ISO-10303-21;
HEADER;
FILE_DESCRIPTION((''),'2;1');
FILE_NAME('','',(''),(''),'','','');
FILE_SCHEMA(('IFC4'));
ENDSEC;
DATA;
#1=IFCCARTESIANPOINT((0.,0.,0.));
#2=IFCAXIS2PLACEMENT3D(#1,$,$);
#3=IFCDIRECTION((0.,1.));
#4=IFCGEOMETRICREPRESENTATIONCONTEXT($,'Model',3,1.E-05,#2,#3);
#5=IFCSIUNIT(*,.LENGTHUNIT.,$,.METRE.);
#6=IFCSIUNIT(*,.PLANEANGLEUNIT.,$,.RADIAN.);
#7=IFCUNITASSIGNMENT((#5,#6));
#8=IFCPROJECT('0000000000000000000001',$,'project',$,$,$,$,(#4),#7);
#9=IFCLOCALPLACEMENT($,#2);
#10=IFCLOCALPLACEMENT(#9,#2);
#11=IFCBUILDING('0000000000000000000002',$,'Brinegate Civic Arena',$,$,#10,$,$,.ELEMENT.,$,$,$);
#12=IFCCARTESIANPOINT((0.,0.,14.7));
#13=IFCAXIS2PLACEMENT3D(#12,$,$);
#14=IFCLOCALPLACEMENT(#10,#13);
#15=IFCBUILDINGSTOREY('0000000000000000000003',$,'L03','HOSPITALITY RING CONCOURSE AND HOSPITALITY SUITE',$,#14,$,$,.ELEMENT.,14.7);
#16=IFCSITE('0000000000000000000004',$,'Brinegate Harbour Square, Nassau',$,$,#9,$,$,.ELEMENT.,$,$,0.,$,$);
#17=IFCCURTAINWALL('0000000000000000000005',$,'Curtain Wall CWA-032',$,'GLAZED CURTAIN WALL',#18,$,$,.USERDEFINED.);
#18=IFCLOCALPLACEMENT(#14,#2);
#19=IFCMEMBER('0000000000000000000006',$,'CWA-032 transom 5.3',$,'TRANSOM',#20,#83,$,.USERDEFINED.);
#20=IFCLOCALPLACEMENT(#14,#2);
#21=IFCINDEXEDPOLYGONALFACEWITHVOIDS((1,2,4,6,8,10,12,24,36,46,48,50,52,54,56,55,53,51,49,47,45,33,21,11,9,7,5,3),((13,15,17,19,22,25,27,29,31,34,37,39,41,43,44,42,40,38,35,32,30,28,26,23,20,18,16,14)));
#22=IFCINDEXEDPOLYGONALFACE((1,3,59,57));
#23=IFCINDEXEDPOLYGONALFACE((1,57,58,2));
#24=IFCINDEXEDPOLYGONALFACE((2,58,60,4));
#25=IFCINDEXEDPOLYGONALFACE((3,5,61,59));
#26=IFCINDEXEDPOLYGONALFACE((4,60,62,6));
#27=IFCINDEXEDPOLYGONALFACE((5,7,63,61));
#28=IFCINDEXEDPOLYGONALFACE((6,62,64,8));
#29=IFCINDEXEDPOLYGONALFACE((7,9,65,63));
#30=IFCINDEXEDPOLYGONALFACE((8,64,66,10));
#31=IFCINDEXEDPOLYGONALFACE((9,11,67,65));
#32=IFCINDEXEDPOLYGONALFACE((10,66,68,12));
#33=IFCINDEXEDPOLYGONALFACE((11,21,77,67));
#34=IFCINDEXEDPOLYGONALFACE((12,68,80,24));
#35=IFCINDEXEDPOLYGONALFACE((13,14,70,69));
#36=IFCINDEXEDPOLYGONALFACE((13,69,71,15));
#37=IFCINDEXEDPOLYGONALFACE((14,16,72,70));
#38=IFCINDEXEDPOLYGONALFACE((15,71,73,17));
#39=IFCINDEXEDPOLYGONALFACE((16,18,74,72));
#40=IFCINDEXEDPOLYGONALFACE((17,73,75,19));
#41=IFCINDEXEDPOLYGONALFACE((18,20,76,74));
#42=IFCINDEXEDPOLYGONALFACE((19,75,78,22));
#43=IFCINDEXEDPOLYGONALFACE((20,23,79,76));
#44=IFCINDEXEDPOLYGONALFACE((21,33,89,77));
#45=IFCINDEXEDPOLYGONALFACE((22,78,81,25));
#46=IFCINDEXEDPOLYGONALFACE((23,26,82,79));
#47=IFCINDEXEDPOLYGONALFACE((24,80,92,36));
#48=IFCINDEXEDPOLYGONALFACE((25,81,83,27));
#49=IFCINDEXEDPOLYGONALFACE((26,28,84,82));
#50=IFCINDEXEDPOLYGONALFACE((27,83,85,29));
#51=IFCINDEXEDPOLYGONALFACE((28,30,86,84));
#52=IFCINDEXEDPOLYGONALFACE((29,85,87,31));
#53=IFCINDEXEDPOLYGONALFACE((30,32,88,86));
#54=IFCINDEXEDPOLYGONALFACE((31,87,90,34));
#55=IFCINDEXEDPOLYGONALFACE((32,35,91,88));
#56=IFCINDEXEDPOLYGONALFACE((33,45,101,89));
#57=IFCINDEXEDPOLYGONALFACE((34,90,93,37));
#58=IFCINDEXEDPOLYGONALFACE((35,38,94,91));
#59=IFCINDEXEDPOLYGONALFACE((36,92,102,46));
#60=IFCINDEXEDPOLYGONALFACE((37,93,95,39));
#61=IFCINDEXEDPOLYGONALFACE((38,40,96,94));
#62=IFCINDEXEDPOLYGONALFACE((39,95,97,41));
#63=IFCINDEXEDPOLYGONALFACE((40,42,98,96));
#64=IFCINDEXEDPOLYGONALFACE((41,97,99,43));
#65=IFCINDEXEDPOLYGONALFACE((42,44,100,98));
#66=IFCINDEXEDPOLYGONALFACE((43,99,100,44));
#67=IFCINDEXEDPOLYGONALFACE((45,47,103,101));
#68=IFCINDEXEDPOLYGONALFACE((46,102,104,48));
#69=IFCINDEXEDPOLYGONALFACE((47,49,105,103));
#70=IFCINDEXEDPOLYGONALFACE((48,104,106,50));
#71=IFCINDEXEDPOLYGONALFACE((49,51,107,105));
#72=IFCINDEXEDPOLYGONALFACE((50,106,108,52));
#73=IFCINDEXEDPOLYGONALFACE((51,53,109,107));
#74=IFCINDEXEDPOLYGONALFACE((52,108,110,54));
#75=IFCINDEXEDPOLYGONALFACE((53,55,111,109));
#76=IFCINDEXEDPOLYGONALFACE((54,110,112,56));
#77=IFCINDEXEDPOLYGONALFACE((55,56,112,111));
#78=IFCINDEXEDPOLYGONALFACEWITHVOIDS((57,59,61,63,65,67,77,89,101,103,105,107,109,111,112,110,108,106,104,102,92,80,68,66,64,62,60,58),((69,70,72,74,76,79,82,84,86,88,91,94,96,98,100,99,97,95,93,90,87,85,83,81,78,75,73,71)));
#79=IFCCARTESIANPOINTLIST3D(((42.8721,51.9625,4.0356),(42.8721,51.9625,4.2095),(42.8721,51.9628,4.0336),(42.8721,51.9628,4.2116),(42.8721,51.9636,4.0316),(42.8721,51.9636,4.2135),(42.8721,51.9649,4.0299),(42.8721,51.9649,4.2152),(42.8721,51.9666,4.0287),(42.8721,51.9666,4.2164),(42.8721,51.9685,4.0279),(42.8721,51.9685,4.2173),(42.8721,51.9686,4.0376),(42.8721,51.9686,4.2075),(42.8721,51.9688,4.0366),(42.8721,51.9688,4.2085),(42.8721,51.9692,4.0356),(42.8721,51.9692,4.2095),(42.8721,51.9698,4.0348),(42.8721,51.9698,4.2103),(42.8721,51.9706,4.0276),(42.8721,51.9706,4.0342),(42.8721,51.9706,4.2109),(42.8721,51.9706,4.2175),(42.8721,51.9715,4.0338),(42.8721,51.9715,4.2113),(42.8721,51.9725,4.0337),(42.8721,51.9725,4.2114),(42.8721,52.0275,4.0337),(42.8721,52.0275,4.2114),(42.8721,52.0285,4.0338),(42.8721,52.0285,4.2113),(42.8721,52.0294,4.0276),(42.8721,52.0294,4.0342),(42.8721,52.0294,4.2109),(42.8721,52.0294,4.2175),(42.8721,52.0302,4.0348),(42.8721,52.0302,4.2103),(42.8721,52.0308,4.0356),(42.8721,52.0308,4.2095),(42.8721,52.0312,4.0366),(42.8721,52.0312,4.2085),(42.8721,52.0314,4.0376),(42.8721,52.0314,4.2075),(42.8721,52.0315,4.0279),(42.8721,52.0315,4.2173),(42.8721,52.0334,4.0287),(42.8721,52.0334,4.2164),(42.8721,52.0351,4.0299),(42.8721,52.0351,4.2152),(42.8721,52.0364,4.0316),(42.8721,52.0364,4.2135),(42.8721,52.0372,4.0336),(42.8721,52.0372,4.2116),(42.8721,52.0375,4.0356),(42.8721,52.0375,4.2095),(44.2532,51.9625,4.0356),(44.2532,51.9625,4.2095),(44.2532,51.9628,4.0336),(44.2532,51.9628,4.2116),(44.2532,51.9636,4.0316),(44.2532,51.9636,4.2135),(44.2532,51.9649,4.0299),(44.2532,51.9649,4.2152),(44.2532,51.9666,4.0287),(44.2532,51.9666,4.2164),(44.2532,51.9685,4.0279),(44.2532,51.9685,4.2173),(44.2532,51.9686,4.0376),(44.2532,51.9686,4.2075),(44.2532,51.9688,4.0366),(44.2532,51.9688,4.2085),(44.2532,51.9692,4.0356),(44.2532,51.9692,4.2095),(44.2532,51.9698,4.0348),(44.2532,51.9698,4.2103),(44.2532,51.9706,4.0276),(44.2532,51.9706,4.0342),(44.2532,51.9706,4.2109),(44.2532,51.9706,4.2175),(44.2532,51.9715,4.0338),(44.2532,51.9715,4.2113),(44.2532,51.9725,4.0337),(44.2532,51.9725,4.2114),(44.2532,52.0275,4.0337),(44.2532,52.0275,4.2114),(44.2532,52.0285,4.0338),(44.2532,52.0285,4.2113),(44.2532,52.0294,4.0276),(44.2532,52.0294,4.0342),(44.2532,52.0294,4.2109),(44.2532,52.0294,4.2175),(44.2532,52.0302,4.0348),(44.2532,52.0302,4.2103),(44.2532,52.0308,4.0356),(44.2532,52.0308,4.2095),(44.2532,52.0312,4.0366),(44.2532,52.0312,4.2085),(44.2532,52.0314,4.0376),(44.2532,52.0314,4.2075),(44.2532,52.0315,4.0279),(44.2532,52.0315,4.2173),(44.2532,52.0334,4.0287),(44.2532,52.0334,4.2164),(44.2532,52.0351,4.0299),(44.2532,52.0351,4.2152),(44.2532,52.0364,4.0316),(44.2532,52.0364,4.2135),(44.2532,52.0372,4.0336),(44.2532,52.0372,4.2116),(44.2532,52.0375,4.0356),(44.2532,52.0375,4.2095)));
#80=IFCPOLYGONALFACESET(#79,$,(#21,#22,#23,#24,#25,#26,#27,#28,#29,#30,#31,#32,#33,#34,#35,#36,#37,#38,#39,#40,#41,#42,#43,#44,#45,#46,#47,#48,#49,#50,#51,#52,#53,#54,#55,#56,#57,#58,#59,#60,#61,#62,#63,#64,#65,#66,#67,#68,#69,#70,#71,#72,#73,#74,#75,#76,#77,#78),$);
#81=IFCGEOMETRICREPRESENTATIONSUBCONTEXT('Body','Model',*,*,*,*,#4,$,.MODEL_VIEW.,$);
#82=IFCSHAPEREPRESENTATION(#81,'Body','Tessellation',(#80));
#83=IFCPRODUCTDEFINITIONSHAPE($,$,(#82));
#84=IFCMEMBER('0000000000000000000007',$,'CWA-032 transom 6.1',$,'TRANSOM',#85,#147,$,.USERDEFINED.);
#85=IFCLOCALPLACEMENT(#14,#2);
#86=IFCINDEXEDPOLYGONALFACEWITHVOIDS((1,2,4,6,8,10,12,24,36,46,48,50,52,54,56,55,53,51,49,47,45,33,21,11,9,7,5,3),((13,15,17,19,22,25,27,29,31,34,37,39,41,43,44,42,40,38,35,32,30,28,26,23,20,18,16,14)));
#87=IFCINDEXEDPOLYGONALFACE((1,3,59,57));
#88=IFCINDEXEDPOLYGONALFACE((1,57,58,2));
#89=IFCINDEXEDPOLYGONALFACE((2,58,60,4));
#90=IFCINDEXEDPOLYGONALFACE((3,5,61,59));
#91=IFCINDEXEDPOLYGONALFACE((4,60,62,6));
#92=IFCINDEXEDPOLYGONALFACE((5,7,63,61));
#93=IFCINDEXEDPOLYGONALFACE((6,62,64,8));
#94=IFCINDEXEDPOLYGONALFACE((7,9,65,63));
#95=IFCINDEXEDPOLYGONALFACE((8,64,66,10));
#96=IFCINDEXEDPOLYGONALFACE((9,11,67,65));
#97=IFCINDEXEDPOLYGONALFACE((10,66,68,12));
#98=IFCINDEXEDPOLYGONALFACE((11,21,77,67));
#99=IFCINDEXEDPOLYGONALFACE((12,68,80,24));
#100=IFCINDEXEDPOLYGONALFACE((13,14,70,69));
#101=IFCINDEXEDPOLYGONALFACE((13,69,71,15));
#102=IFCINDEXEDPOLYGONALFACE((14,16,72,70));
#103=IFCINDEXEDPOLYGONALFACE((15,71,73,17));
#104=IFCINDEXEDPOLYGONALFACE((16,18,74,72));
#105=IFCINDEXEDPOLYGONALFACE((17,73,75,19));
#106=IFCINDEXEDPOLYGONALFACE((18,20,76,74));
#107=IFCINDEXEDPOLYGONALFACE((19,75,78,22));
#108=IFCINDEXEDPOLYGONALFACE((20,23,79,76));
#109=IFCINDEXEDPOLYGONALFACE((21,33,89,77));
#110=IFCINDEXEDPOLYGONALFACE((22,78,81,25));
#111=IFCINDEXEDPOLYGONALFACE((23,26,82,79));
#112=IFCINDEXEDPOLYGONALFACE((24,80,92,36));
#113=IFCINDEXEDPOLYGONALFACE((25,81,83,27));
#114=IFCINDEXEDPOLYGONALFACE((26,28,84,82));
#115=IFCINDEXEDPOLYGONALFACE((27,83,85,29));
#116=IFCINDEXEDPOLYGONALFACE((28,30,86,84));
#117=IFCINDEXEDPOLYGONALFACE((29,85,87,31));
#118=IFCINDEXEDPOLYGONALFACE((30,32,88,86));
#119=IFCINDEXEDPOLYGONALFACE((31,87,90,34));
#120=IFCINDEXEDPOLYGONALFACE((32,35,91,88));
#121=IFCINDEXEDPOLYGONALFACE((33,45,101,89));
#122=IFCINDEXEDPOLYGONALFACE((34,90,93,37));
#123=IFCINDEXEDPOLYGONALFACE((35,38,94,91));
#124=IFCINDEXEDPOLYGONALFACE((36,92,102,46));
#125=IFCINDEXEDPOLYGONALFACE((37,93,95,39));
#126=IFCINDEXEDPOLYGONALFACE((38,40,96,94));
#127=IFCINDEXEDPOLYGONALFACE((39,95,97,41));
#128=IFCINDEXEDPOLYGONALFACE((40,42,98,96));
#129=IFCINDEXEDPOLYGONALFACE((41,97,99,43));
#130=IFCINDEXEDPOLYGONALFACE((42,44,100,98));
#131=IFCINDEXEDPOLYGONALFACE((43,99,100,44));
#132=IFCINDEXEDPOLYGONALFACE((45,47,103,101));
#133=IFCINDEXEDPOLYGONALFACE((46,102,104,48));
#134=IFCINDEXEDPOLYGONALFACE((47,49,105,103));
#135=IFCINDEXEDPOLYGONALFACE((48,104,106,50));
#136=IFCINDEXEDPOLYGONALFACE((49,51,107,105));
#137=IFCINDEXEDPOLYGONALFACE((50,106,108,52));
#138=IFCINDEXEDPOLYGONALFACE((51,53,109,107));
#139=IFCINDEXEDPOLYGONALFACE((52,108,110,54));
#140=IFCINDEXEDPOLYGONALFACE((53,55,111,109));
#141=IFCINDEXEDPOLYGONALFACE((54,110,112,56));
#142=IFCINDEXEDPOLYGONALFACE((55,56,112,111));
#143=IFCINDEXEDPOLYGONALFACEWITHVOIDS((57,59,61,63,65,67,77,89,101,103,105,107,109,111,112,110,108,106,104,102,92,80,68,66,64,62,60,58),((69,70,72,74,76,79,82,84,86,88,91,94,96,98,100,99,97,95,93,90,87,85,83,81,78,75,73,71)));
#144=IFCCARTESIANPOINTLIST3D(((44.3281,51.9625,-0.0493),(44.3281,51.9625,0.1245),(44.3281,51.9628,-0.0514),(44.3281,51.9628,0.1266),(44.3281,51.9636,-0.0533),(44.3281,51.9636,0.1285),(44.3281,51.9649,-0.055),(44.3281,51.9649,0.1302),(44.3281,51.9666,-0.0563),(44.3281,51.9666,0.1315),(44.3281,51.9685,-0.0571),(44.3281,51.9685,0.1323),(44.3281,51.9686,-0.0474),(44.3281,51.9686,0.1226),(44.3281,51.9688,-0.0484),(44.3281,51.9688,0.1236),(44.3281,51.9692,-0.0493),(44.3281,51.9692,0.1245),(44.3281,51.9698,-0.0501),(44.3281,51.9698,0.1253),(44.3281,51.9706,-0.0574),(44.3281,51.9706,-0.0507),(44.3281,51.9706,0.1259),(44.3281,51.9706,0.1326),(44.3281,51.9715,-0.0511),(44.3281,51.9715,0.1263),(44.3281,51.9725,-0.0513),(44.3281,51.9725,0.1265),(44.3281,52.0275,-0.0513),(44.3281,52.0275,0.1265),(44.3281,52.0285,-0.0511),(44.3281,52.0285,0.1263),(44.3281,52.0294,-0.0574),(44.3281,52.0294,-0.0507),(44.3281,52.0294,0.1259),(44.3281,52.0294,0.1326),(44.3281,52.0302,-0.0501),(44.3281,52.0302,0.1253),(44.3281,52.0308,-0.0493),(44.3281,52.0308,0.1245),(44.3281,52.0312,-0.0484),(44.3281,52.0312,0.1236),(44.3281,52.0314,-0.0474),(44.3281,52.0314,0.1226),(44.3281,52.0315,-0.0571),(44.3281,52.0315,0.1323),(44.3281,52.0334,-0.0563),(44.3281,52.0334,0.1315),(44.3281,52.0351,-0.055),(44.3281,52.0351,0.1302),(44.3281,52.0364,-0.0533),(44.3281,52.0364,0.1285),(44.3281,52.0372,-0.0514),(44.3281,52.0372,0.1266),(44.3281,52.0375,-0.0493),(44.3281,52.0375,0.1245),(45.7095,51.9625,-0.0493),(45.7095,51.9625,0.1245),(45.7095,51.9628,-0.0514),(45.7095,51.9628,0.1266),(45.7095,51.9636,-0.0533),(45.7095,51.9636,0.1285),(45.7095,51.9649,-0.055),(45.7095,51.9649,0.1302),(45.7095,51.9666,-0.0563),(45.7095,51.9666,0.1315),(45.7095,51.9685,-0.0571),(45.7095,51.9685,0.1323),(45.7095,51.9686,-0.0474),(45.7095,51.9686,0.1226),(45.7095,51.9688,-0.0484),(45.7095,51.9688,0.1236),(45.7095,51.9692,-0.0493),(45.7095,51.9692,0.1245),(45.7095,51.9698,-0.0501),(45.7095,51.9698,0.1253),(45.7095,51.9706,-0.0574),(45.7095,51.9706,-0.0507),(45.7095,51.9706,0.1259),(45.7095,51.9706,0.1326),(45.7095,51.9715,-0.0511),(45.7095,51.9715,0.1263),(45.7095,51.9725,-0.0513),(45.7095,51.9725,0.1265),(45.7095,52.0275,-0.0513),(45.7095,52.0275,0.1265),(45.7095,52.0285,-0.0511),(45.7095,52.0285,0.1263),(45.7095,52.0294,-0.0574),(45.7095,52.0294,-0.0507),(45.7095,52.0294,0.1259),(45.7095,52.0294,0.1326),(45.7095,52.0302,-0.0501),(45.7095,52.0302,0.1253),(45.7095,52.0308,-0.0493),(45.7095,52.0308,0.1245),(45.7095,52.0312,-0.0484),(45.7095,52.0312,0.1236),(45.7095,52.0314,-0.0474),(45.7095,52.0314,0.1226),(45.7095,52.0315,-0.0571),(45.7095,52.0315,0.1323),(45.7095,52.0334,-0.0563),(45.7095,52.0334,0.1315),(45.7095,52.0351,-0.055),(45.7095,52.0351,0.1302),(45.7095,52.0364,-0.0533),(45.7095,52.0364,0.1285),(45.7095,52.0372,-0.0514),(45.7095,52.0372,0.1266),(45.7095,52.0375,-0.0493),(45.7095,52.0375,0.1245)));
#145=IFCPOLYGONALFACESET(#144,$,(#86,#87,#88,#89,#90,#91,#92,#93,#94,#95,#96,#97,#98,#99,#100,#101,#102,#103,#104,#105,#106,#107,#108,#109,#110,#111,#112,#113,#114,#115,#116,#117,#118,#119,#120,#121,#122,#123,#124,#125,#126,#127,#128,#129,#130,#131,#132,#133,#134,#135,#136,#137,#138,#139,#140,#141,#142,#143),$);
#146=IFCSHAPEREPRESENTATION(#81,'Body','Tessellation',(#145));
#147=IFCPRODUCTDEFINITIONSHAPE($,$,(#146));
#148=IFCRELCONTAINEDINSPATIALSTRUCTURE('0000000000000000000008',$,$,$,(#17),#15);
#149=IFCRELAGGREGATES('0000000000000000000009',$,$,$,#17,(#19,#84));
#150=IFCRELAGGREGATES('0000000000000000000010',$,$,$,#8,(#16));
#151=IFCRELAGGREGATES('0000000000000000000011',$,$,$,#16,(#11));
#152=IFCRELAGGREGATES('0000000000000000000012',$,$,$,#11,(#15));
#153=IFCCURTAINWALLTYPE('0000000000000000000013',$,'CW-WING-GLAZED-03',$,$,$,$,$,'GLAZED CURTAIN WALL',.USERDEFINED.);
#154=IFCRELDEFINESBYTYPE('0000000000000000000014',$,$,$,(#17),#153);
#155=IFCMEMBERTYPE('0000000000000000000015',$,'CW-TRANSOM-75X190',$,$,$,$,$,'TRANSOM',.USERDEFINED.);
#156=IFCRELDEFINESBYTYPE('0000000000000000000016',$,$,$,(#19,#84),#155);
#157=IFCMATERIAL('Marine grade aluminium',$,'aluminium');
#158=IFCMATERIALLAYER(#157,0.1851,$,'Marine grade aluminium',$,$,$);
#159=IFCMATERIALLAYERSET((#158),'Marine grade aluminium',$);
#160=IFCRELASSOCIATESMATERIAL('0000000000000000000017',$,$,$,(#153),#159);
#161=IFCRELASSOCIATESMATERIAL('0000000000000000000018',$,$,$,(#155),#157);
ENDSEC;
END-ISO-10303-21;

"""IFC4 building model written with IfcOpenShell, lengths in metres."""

from ifc_helpers import new_model, si_unit, direction, frame, origin, origin_2d, place, context, subcontext, project, spatial, hollow_rectangle, extrude, material, layer, layer_set, material_profile, profile_set, type_object, element, aggregate, save


model = new_model("IFC4")

# Units and contexts
model_context = context("Model", 3, precision=1e-05, world=origin(), true_north=direction((0.0, 1.0)))
body_context = subcontext(model_context, "Body", "Model", "MODEL_VIEW")
ifc_project = project(units=[si_unit("LENGTHUNIT", "METRE"), si_unit("PLANEANGLEUNIT", "RADIAN")], contexts=[model_context])

# Site, building, storey
site_placement = place(None, origin())
site = spatial("IfcSite", under=ifc_project, at=site_placement, Name="Brinegate Harbour Square, Nassau", CompositionType="ELEMENT", RefElevation=0.0)
building_placement = place(site_placement, origin())
building = spatial("IfcBuilding", under=site, at=building_placement, Name="Brinegate Civic Arena", CompositionType="ELEMENT")
storey_placement = place(building_placement, frame((0.0, 0.0, 14.7)))
storey = spatial("IfcBuildingStorey", under=building, at=storey_placement, Name="L03", Description="HOSPITALITY RING CONCOURSE AND HOSPITALITY SUITE", CompositionType="ELEMENT", Elevation=14.7)

# Curtain wall, members
ifc_material_1 = material(Name="Marine grade aluminium", Category="aluminium")
ifc_layer_1 = layer(ifc_material_1, 0.1851, Name="Marine grade aluminium")
ifc_layer_set_1 = layer_set([ifc_layer_1], Name="Marine grade aluminium")
curtain_wall_type = type_object("IfcCurtainWallType", Name="CW-WING-GLAZED-03", ElementType="GLAZED CURTAIN WALL", PredefinedType="USERDEFINED", material=ifc_layer_set_1)
curtain_wall_placement = place(storey_placement, origin())
curtain_wall = element("IfcCurtainWall", 1, at=curtain_wall_placement, inside=storey, type_object=curtain_wall_type, Name="Curtain Wall CWA-032", ObjectType="GLAZED CURTAIN WALL", PredefinedType="USERDEFINED")
ifc_material_profile_1 = material_profile(ifc_material_1, hollow_rectangle(XDim=0.075, YDim=0.1899, WallThickness=0.0061, InnerFilletRadius=0.0039, OuterFilletRadius=0.0081, at=origin_2d()), Name="TRN75X190")
ifc_profile_set_1 = profile_set([ifc_material_profile_1], Name="Marine grade aluminium")
member_type_1 = type_object("IfcMemberType", Name="CW-TRANSOM-75X190", ElementType="TRANSOM", PredefinedType="USERDEFINED", material=ifc_profile_set_1)
member_1_placement = place(storey_placement, frame((42.8721, 52.0, 4.1226), z_axis=(1.0, 0.0, 0.0), x_axis=(0.0, 1.0, 0.0)))
member_1 = element("IfcMember", 2, at=member_1_placement, type_object=member_type_1, Name="CWA-032 transom 5.3", ObjectType="TRANSOM", PredefinedType="USERDEFINED", context=body_context, shape_type="SweptSolid", body=[
    extrude(hollow_rectangle(XDim=0.075, YDim=0.1899, WallThickness=0.0061, InnerFilletRadius=0.0039, OuterFilletRadius=0.0081, at=origin_2d()), origin(), (0.0, 0.0, 1.0), 1.3811),
])
member_2_placement = place(storey_placement, frame((44.3281, 52.0, 0.0376), z_axis=(1.0, 0.0, 0.0), x_axis=(0.0, 1.0, 0.0)))
member_2 = element("IfcMember", 3, at=member_2_placement, type_object=member_type_1, Name="CWA-032 transom 6.1", ObjectType="TRANSOM", PredefinedType="USERDEFINED", context=body_context, shape_type="SweptSolid", body=[
    extrude(hollow_rectangle(XDim=0.075, YDim=0.1899, WallThickness=0.0061, InnerFilletRadius=0.0039, OuterFilletRadius=0.0081, at=origin_2d()), origin(), (0.0, 0.0, 1.0), 1.3813),
])
aggregate(curtain_wall, [member_1, member_2])

save(model, "model.ifc")
